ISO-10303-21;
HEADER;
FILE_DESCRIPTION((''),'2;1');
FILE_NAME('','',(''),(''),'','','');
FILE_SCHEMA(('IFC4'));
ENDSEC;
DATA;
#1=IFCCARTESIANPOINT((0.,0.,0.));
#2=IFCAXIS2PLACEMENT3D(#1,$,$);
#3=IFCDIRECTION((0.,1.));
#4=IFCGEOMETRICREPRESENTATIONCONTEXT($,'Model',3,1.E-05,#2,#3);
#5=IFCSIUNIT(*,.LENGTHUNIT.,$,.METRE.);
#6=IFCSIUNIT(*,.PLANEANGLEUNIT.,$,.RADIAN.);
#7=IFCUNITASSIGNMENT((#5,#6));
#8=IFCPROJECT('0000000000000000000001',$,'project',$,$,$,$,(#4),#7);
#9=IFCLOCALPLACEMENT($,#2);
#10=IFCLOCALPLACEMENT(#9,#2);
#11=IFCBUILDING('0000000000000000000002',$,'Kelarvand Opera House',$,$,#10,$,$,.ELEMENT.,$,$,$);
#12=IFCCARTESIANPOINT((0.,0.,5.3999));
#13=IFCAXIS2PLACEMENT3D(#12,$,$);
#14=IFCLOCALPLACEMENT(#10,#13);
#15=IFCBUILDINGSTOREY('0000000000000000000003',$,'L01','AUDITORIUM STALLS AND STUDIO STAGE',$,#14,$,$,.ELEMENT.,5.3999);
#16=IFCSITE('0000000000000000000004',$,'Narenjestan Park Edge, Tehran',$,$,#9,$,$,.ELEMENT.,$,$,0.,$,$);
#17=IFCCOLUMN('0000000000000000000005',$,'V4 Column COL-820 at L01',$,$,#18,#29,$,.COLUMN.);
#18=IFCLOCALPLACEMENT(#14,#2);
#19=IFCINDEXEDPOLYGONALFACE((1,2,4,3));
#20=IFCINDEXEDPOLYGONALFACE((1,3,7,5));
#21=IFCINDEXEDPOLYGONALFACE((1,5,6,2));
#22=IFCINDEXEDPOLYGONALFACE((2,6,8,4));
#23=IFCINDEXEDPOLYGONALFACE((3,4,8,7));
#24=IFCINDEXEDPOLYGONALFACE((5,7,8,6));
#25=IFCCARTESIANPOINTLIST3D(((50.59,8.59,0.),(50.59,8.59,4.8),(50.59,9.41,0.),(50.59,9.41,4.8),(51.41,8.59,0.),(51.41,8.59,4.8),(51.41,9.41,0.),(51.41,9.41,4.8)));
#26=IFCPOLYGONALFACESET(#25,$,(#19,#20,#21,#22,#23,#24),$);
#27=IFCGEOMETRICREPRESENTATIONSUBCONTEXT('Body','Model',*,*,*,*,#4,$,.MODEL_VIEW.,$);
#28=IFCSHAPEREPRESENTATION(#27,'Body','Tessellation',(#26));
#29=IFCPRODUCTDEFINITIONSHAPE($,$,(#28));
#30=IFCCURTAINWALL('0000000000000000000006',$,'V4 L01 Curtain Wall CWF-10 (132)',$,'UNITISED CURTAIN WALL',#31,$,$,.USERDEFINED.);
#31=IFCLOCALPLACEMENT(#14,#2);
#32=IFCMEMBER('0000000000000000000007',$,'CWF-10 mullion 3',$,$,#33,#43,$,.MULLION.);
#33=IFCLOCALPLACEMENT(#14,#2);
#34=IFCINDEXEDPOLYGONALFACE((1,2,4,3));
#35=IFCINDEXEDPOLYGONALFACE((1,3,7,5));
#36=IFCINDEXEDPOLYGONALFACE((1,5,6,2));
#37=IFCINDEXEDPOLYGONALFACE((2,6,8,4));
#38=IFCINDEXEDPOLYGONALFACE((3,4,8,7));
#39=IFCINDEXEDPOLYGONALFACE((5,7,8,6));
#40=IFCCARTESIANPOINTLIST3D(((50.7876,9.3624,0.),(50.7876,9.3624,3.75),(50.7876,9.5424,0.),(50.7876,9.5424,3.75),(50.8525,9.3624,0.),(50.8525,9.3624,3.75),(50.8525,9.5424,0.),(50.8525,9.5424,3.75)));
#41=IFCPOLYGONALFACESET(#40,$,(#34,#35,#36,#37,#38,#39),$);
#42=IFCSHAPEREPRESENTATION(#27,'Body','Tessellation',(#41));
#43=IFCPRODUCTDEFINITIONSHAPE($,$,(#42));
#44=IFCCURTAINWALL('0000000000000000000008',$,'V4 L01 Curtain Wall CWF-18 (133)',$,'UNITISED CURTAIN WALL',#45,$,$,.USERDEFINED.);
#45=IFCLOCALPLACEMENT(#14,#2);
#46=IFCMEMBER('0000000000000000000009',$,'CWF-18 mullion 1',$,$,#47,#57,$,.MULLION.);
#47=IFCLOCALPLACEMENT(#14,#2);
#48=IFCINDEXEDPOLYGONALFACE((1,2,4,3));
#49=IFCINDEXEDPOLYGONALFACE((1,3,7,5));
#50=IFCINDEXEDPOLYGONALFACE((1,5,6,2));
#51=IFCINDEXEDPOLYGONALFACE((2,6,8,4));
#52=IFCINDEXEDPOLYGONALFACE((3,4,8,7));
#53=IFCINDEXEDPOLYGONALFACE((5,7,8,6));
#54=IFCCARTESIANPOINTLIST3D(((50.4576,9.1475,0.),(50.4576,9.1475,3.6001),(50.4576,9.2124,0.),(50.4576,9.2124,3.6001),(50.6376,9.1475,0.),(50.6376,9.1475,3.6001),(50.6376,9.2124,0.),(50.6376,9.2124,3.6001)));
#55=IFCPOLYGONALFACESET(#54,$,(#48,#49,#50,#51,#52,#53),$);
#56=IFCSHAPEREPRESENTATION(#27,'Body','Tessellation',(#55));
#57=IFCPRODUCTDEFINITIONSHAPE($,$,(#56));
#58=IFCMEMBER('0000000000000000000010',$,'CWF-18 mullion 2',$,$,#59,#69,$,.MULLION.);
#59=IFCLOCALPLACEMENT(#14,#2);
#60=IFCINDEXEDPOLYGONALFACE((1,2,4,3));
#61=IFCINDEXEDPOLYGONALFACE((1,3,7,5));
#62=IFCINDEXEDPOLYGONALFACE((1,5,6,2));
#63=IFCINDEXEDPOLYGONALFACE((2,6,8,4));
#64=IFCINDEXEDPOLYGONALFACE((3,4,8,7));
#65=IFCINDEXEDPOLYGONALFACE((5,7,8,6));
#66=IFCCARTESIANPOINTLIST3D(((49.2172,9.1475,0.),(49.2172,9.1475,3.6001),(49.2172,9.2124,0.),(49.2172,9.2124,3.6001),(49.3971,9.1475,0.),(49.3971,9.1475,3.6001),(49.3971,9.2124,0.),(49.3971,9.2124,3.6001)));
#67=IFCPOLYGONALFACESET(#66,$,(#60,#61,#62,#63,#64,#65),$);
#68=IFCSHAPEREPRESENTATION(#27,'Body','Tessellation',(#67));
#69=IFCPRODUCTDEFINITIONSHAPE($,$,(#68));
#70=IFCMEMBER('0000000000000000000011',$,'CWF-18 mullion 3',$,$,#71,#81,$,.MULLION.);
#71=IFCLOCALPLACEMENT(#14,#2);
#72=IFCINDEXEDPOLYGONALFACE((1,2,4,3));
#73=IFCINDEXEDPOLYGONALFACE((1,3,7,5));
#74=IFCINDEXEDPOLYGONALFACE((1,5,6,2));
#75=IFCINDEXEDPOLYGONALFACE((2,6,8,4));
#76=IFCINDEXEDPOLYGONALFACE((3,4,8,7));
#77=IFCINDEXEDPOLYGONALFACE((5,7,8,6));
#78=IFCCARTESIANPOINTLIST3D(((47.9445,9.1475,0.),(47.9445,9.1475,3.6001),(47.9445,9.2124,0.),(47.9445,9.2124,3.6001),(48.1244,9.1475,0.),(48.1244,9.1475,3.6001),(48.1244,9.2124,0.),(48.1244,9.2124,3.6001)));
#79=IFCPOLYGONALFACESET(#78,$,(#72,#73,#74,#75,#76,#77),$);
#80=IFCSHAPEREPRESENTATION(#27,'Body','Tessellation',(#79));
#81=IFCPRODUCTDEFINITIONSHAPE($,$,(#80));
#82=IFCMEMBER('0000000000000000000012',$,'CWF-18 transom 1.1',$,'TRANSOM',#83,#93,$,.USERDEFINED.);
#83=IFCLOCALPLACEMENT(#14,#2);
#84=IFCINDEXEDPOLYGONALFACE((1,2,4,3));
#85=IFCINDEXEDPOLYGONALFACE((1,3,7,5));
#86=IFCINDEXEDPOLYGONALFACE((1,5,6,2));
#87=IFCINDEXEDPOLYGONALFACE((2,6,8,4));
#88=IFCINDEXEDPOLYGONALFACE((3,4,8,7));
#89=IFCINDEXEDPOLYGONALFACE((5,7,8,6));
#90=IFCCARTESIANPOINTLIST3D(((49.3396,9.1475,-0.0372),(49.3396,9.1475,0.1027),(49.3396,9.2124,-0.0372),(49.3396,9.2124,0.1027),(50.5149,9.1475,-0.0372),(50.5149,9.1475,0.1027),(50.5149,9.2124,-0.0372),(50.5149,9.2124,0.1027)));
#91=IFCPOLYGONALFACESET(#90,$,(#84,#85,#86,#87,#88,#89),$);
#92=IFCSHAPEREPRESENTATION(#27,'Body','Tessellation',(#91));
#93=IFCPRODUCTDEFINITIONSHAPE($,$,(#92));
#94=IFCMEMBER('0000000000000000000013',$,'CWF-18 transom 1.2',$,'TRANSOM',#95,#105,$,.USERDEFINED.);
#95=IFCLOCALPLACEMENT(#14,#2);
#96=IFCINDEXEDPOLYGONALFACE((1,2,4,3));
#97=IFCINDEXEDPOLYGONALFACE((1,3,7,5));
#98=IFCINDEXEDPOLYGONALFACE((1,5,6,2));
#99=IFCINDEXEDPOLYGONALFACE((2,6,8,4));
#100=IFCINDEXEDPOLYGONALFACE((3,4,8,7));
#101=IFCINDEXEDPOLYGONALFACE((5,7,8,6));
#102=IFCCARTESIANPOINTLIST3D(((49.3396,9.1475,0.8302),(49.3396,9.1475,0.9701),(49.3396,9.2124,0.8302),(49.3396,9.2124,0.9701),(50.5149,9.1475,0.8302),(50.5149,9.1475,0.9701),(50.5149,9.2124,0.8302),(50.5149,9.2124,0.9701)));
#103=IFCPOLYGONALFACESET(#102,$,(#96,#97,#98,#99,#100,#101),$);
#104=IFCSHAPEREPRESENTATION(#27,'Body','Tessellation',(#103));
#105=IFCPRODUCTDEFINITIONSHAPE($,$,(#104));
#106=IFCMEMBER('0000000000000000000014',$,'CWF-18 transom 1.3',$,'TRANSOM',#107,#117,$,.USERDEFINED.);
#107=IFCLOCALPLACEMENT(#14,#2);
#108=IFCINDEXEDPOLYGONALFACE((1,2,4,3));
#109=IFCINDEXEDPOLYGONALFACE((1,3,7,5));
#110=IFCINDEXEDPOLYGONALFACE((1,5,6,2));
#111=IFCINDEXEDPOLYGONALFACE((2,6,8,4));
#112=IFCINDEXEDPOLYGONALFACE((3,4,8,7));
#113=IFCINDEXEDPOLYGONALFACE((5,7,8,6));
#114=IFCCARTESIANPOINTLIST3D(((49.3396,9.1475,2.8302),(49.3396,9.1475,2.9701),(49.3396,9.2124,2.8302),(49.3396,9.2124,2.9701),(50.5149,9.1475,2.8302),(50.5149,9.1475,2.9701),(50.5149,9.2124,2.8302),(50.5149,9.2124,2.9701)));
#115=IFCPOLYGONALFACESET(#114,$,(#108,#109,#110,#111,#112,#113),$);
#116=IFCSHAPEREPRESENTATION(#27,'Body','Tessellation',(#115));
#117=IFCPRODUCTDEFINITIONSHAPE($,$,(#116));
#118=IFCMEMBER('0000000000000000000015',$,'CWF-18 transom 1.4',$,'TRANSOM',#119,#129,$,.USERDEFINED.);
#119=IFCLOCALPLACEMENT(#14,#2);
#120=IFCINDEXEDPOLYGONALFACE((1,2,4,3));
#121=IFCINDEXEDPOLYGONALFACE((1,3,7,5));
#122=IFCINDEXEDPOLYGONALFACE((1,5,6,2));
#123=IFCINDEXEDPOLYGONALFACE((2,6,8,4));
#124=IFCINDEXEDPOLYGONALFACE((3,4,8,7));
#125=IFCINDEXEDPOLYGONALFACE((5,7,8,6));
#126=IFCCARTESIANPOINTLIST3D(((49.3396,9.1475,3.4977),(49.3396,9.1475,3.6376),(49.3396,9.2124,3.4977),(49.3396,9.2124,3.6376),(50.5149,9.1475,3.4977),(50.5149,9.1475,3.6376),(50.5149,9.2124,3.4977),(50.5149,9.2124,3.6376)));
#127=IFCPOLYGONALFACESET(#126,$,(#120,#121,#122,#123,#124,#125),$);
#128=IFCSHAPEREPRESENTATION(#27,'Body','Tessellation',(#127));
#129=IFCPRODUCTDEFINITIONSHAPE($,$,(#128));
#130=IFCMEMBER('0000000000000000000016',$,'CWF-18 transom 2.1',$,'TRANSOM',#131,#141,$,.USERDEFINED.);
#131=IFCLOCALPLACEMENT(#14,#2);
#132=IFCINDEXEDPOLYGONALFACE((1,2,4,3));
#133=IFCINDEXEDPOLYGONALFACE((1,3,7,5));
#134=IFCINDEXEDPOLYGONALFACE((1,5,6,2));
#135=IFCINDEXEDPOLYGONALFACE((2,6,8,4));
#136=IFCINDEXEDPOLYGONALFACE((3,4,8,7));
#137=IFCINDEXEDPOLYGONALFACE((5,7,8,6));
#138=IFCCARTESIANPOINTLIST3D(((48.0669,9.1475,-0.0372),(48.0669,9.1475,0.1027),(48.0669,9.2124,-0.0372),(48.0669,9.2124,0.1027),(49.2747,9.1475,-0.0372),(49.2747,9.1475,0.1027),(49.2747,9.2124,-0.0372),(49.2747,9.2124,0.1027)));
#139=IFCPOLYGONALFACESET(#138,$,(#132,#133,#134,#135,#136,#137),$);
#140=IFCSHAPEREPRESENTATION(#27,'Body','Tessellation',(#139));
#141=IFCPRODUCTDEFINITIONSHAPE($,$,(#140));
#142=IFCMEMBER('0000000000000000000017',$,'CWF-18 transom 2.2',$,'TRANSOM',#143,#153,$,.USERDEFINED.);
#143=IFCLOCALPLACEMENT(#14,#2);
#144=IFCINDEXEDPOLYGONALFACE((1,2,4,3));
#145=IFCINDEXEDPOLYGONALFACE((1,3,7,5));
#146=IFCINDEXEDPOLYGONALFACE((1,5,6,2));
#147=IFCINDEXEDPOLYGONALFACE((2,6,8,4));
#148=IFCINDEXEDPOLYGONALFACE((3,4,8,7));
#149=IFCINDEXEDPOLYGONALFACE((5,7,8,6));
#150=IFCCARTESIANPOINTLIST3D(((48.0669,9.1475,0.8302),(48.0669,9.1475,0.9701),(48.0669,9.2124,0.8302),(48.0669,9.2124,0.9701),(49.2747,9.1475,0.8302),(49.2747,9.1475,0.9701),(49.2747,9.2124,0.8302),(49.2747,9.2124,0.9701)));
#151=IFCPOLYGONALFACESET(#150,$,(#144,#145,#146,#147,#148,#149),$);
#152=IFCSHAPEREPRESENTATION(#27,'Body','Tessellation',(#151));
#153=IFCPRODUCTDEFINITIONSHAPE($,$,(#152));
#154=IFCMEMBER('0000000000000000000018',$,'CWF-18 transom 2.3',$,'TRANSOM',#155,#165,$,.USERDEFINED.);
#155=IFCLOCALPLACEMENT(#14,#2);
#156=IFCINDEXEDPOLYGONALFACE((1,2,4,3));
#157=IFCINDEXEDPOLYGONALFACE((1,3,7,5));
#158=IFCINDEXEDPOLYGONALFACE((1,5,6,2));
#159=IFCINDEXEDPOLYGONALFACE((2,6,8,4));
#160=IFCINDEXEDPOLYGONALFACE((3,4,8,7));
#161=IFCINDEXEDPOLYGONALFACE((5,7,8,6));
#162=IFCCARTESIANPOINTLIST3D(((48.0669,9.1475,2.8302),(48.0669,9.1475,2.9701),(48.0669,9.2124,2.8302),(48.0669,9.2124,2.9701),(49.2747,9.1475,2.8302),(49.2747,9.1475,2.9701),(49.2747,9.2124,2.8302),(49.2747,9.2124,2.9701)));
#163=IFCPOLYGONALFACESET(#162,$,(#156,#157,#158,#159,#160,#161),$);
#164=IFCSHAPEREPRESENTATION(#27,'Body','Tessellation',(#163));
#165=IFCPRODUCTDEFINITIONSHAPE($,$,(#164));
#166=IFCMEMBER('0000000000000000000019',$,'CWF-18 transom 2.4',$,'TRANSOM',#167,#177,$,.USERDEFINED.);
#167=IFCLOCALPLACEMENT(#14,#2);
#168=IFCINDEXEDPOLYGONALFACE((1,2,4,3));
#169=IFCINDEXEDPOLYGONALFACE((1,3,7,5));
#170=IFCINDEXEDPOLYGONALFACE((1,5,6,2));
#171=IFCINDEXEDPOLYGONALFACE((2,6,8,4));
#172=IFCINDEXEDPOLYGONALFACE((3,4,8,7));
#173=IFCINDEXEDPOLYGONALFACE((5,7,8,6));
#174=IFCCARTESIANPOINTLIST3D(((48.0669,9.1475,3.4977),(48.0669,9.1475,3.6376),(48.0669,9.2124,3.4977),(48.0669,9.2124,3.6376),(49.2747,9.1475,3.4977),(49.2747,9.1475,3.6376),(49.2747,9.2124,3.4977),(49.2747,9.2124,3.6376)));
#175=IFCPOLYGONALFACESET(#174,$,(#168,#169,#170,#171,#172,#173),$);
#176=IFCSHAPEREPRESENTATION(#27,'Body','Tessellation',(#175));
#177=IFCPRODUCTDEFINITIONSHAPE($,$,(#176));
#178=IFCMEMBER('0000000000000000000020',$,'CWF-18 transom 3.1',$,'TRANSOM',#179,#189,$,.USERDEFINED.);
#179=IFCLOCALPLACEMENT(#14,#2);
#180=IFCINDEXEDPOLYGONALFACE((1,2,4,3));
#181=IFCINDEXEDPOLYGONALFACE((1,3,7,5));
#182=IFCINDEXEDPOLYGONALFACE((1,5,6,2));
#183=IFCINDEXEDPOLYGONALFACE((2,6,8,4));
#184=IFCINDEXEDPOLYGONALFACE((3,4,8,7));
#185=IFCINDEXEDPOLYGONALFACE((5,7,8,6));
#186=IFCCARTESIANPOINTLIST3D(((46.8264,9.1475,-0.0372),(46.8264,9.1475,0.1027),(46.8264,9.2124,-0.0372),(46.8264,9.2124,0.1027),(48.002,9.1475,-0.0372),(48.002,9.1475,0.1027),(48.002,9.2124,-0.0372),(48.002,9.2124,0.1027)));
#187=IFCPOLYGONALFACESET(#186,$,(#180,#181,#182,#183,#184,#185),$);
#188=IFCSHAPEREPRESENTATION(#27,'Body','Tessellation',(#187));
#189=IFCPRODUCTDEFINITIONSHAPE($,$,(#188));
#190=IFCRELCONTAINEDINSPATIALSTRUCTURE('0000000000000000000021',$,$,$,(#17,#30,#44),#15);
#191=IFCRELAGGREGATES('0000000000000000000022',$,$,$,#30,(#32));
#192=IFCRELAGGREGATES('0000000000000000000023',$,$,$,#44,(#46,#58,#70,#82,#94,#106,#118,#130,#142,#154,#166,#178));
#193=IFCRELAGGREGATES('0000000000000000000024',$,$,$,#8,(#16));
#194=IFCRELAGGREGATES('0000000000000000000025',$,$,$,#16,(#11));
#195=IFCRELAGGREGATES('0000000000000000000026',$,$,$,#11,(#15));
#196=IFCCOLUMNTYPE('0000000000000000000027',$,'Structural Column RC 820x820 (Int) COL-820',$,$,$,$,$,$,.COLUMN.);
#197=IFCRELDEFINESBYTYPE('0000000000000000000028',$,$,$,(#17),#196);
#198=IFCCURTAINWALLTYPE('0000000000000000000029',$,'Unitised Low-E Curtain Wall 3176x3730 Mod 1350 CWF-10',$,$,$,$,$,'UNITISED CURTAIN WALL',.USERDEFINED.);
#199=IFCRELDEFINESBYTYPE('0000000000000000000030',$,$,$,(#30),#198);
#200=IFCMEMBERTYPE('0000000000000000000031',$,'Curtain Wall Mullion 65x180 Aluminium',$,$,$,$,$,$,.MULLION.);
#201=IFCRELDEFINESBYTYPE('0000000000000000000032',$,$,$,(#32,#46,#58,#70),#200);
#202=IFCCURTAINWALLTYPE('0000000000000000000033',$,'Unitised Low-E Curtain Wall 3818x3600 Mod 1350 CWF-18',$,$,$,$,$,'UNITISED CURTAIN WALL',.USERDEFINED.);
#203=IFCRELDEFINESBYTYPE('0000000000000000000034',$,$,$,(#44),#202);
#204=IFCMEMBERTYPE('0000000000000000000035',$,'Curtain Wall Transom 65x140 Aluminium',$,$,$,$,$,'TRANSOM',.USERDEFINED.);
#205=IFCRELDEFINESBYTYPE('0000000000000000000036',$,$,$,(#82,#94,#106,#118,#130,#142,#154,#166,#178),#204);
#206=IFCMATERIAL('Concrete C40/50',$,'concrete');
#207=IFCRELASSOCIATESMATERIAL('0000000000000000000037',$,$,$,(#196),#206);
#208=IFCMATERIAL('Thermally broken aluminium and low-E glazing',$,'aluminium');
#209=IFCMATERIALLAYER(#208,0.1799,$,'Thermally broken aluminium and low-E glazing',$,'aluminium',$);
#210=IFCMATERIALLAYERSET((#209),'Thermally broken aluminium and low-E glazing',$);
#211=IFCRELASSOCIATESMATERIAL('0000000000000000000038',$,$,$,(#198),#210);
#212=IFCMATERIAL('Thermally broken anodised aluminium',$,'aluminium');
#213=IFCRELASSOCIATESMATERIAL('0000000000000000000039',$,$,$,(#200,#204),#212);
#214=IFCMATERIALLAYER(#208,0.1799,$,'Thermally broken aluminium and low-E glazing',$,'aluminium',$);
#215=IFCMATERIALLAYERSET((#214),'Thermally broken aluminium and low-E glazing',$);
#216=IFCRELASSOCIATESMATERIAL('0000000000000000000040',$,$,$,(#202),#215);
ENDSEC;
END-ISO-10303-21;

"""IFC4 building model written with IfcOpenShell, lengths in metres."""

from ifc_helpers import new_model, si_unit, direction, frame, origin, origin_2d, place, context, subcontext, project, spatial, rectangle, extrude, material, layer, layer_set, material_profile, profile_set, type_object, element, aggregate, save


model = new_model("IFC4")

# Units and contexts
model_context = context("Model", 3, precision=1e-05, world=origin(), true_north=direction((0.0, 1.0)))
body_context = subcontext(model_context, "Body", "Model", "MODEL_VIEW")
ifc_project = project(units=[si_unit("LENGTHUNIT", "METRE"), si_unit("PLANEANGLEUNIT", "RADIAN")], contexts=[model_context])

# Site, building, storey
site_placement = place(None, origin())
site = spatial("IfcSite", under=ifc_project, at=site_placement, Name="Narenjestan Park Edge, Tehran", CompositionType="ELEMENT", RefElevation=0.0)
building_placement = place(site_placement, origin())
building = spatial("IfcBuilding", under=site, at=building_placement, Name="Kelarvand Opera House", CompositionType="ELEMENT")
storey_placement = place(building_placement, frame((0.0, 0.0, 5.3999)))
storey = spatial("IfcBuildingStorey", under=building, at=storey_placement, Name="L01", Description="AUDITORIUM STALLS AND STUDIO STAGE", CompositionType="ELEMENT", Elevation=5.3999)

# Column
ifc_material_1 = material(Name="Concrete C40/50", Category="concrete")
ifc_material_profile_1 = material_profile(ifc_material_1, rectangle(XDim=0.8201, YDim=0.8201, at=origin_2d()), Name="RC 820x820", Category="concrete")
ifc_profile_set_1 = profile_set([ifc_material_profile_1], Name="Concrete C40/50")
column_type = type_object("IfcColumnType", Name="Structural Column RC 820x820 (Int) COL-820", PredefinedType="COLUMN", material=ifc_profile_set_1)
column_placement = place(storey_placement, frame((51.0, 9.0, 0.0), z_axis=(0.0, 0.0, 1.0), x_axis=(1.0, 0.0, 0.0)))
element("IfcColumn", 1, at=column_placement, inside=storey, type_object=column_type, Name="V4 Column COL-820 at L01", PredefinedType="COLUMN", context=body_context, shape_type="SweptSolid", body=[
    extrude(rectangle(XDim=0.8201, YDim=0.8201, at=origin_2d()), origin(), (0.0, 0.0, 1.0), 4.8),
])

# Curtain wall, member
ifc_material_2 = material(Name="Thermally broken aluminium and low-E glazing", Category="aluminium")
ifc_layer_1 = layer(ifc_material_2, 0.1799, Name="Thermally broken aluminium and low-E glazing", Category="aluminium")
ifc_layer_set_1 = layer_set([ifc_layer_1], Name="Thermally broken aluminium and low-E glazing")
curtain_wall_type_1 = type_object("IfcCurtainWallType", Name="Unitised Low-E Curtain Wall 3176x3730 Mod 1350 CWF-10", ElementType="UNITISED CURTAIN WALL", PredefinedType="USERDEFINED", material=ifc_layer_set_1)
curtain_wall_1_placement = place(storey_placement, origin())
curtain_wall_1 = element("IfcCurtainWall", 2, at=curtain_wall_1_placement, inside=storey, type_object=curtain_wall_type_1, Name="V4 L01 Curtain Wall CWF-10 (132)", ObjectType="UNITISED CURTAIN WALL", PredefinedType="USERDEFINED")
ifc_material_3 = material(Name="Thermally broken anodised aluminium", Category="aluminium")
ifc_material_profile_2 = material_profile(ifc_material_3, rectangle(XDim=0.0649, YDim=0.1799, at=origin_2d()), Name="ALU MULLION 65x180", Category="aluminium")
ifc_profile_set_2 = profile_set([ifc_material_profile_2], Name="Thermally broken anodised aluminium")
member_type_1 = type_object("IfcMemberType", Name="Curtain Wall Mullion 65x180 Aluminium", PredefinedType="MULLION", material=ifc_profile_set_2)
member_1_placement = place(storey_placement, frame((50.8201, 9.4524, 0.0), z_axis=(0.0, 0.0, 1.0), x_axis=(1.0, 0.0, 0.0)))
member_1 = element("IfcMember", 3, at=member_1_placement, type_object=member_type_1, Name="CWF-10 mullion 3", PredefinedType="MULLION", context=body_context, shape_type="SweptSolid", body=[
    extrude(rectangle(XDim=0.0649, YDim=0.1799, at=origin_2d()), origin(), (0.0, 0.0, 1.0), 3.75),
])

# Curtain wall, members
ifc_layer_2 = layer(ifc_material_2, 0.1799, Name="Thermally broken aluminium and low-E glazing", Category="aluminium")
ifc_layer_set_2 = layer_set([ifc_layer_2], Name="Thermally broken aluminium and low-E glazing")
curtain_wall_type_2 = type_object("IfcCurtainWallType", Name="Unitised Low-E Curtain Wall 3818x3600 Mod 1350 CWF-18", ElementType="UNITISED CURTAIN WALL", PredefinedType="USERDEFINED", material=ifc_layer_set_2)
curtain_wall_2_placement = place(storey_placement, origin())
curtain_wall_2 = element("IfcCurtainWall", 4, at=curtain_wall_2_placement, inside=storey, type_object=curtain_wall_type_2, Name="V4 L01 Curtain Wall CWF-18 (133)", ObjectType="UNITISED CURTAIN WALL", PredefinedType="USERDEFINED")
member_2_placement = place(storey_placement, frame((50.5476, 9.1799, 0.0), z_axis=(0.0, 0.0, 1.0), x_axis=(0.0, -1.0, 0.0)))
member_2 = element("IfcMember", 5, at=member_2_placement, type_object=member_type_1, Name="CWF-18 mullion 1", PredefinedType="MULLION", context=body_context, shape_type="SweptSolid", body=[
    extrude(rectangle(XDim=0.0649, YDim=0.1799, at=origin_2d()), origin(), (0.0, 0.0, 1.0), 3.6001),
])
member_3_placement = place(storey_placement, frame((49.3071, 9.1799, 0.0), z_axis=(0.0, 0.0, 1.0), x_axis=(0.0, -1.0, 0.0)))
member_3 = element("IfcMember", 6, at=member_3_placement, type_object=member_type_1, Name="CWF-18 mullion 2", PredefinedType="MULLION", context=body_context, shape_type="SweptSolid", body=[
    extrude(rectangle(XDim=0.0649, YDim=0.1799, at=origin_2d()), origin(), (0.0, 0.0, 1.0), 3.6001),
])
member_4_placement = place(storey_placement, frame((48.0344, 9.1799, 0.0), z_axis=(0.0, 0.0, 1.0), x_axis=(0.0, -1.0, 0.0)))
member_4 = element("IfcMember", 7, at=member_4_placement, type_object=member_type_1, Name="CWF-18 mullion 3", PredefinedType="MULLION", context=body_context, shape_type="SweptSolid", body=[
    extrude(rectangle(XDim=0.0649, YDim=0.1799, at=origin_2d()), origin(), (0.0, 0.0, 1.0), 3.6001),
])
ifc_material_profile_3 = material_profile(ifc_material_3, rectangle(XDim=0.0649, YDim=0.1399, at=origin_2d()), Name="ALU TRANSOM 65x140", Category="aluminium")
ifc_profile_set_3 = profile_set([ifc_material_profile_3], Name="Thermally broken anodised aluminium")
member_type_2 = type_object("IfcMemberType", Name="Curtain Wall Transom 65x140 Aluminium", ElementType="TRANSOM", PredefinedType="USERDEFINED", material=ifc_profile_set_3)
member_5_placement = place(storey_placement, frame((50.5149, 9.1799, 0.0327), z_axis=(-1.0, 0.0, 0.0), x_axis=(0.0, -1.0, 0.0)))
member_5 = element("IfcMember", 8, at=member_5_placement, type_object=member_type_2, Name="CWF-18 transom 1.1", ObjectType="TRANSOM", PredefinedType="USERDEFINED", context=body_context, shape_type="SweptSolid", body=[
    extrude(rectangle(XDim=0.0649, YDim=0.1399, at=origin_2d()), origin(), (0.0, 0.0, 1.0), 1.1753),
])
member_6_placement = place(storey_placement, frame((50.5149, 9.1799, 0.9001), z_axis=(-1.0, 0.0, 0.0), x_axis=(0.0, -1.0, 0.0)))
member_6 = element("IfcMember", 9, at=member_6_placement, type_object=member_type_2, Name="CWF-18 transom 1.2", ObjectType="TRANSOM", PredefinedType="USERDEFINED", context=body_context, shape_type="SweptSolid", body=[
    extrude(rectangle(XDim=0.0649, YDim=0.1399, at=origin_2d()), origin(), (0.0, 0.0, 1.0), 1.1753),
])
member_7_placement = place(storey_placement, frame((50.5149, 9.1799, 2.9001), z_axis=(-1.0, 0.0, 0.0), x_axis=(0.0, -1.0, 0.0)))
member_7 = element("IfcMember", 10, at=member_7_placement, type_object=member_type_2, Name="CWF-18 transom 1.3", ObjectType="TRANSOM", PredefinedType="USERDEFINED", context=body_context, shape_type="SweptSolid", body=[
    extrude(rectangle(XDim=0.0649, YDim=0.1399, at=origin_2d()), origin(), (0.0, 0.0, 1.0), 1.1753),
])
member_8_placement = place(storey_placement, frame((50.5149, 9.1799, 3.5676), z_axis=(-1.0, 0.0, 0.0), x_axis=(0.0, -1.0, 0.0)))
member_8 = element("IfcMember", 11, at=member_8_placement, type_object=member_type_2, Name="CWF-18 transom 1.4", ObjectType="TRANSOM", PredefinedType="USERDEFINED", context=body_context, shape_type="SweptSolid", body=[
    extrude(rectangle(XDim=0.0649, YDim=0.1399, at=origin_2d()), origin(), (0.0, 0.0, 1.0), 1.1753),
])
member_9_placement = place(storey_placement, frame((49.2747, 9.1799, 0.0327), z_axis=(-1.0, 0.0, 0.0), x_axis=(0.0, -1.0, 0.0)))
member_9 = element("IfcMember", 12, at=member_9_placement, type_object=member_type_2, Name="CWF-18 transom 2.1", ObjectType="TRANSOM", PredefinedType="USERDEFINED", context=body_context, shape_type="SweptSolid", body=[
    extrude(rectangle(XDim=0.0649, YDim=0.1399, at=origin_2d()), origin(), (0.0, 0.0, 1.0), 1.2078),
])
member_10_placement = place(storey_placement, frame((49.2747, 9.1799, 0.9001), z_axis=(-1.0, 0.0, 0.0), x_axis=(0.0, -1.0, 0.0)))
member_10 = element("IfcMember", 13, at=member_10_placement, type_object=member_type_2, Name="CWF-18 transom 2.2", ObjectType="TRANSOM", PredefinedType="USERDEFINED", context=body_context, shape_type="SweptSolid", body=[
    extrude(rectangle(XDim=0.0649, YDim=0.1399, at=origin_2d()), origin(), (0.0, 0.0, 1.0), 1.2078),
])
member_11_placement = place(storey_placement, frame((49.2747, 9.1799, 2.9001), z_axis=(-1.0, 0.0, 0.0), x_axis=(0.0, -1.0, 0.0)))
member_11 = element("IfcMember", 14, at=member_11_placement, type_object=member_type_2, Name="CWF-18 transom 2.3", ObjectType="TRANSOM", PredefinedType="USERDEFINED", context=body_context, shape_type="SweptSolid", body=[
    extrude(rectangle(XDim=0.0649, YDim=0.1399, at=origin_2d()), origin(), (0.0, 0.0, 1.0), 1.2078),
])
member_12_placement = place(storey_placement, frame((49.2747, 9.1799, 3.5676), z_axis=(-1.0, 0.0, 0.0), x_axis=(0.0, -1.0, 0.0)))
member_12 = element("IfcMember", 15, at=member_12_placement, type_object=member_type_2, Name="CWF-18 transom 2.4", ObjectType="TRANSOM", PredefinedType="USERDEFINED", context=body_context, shape_type="SweptSolid", body=[
    extrude(rectangle(XDim=0.0649, YDim=0.1399, at=origin_2d()), origin(), (0.0, 0.0, 1.0), 1.2078),
])
member_13_placement = place(storey_placement, frame((48.002, 9.1799, 0.0327), z_axis=(-1.0, 0.0, 0.0), x_axis=(0.0, -1.0, 0.0)))
member_13 = element("IfcMember", 16, at=member_13_placement, type_object=member_type_2, Name="CWF-18 transom 3.1", ObjectType="TRANSOM", PredefinedType="USERDEFINED", context=body_context, shape_type="SweptSolid", body=[
    extrude(rectangle(XDim=0.0649, YDim=0.1399, at=origin_2d()), origin(), (0.0, 0.0, 1.0), 1.1755),
])

aggregate(curtain_wall_1, [member_1])
aggregate(curtain_wall_2, [member_2, member_3, member_4, member_5, member_6, member_7, member_8, member_9, member_10, member_11, member_12, member_13])

save(model, "model.ifc")
